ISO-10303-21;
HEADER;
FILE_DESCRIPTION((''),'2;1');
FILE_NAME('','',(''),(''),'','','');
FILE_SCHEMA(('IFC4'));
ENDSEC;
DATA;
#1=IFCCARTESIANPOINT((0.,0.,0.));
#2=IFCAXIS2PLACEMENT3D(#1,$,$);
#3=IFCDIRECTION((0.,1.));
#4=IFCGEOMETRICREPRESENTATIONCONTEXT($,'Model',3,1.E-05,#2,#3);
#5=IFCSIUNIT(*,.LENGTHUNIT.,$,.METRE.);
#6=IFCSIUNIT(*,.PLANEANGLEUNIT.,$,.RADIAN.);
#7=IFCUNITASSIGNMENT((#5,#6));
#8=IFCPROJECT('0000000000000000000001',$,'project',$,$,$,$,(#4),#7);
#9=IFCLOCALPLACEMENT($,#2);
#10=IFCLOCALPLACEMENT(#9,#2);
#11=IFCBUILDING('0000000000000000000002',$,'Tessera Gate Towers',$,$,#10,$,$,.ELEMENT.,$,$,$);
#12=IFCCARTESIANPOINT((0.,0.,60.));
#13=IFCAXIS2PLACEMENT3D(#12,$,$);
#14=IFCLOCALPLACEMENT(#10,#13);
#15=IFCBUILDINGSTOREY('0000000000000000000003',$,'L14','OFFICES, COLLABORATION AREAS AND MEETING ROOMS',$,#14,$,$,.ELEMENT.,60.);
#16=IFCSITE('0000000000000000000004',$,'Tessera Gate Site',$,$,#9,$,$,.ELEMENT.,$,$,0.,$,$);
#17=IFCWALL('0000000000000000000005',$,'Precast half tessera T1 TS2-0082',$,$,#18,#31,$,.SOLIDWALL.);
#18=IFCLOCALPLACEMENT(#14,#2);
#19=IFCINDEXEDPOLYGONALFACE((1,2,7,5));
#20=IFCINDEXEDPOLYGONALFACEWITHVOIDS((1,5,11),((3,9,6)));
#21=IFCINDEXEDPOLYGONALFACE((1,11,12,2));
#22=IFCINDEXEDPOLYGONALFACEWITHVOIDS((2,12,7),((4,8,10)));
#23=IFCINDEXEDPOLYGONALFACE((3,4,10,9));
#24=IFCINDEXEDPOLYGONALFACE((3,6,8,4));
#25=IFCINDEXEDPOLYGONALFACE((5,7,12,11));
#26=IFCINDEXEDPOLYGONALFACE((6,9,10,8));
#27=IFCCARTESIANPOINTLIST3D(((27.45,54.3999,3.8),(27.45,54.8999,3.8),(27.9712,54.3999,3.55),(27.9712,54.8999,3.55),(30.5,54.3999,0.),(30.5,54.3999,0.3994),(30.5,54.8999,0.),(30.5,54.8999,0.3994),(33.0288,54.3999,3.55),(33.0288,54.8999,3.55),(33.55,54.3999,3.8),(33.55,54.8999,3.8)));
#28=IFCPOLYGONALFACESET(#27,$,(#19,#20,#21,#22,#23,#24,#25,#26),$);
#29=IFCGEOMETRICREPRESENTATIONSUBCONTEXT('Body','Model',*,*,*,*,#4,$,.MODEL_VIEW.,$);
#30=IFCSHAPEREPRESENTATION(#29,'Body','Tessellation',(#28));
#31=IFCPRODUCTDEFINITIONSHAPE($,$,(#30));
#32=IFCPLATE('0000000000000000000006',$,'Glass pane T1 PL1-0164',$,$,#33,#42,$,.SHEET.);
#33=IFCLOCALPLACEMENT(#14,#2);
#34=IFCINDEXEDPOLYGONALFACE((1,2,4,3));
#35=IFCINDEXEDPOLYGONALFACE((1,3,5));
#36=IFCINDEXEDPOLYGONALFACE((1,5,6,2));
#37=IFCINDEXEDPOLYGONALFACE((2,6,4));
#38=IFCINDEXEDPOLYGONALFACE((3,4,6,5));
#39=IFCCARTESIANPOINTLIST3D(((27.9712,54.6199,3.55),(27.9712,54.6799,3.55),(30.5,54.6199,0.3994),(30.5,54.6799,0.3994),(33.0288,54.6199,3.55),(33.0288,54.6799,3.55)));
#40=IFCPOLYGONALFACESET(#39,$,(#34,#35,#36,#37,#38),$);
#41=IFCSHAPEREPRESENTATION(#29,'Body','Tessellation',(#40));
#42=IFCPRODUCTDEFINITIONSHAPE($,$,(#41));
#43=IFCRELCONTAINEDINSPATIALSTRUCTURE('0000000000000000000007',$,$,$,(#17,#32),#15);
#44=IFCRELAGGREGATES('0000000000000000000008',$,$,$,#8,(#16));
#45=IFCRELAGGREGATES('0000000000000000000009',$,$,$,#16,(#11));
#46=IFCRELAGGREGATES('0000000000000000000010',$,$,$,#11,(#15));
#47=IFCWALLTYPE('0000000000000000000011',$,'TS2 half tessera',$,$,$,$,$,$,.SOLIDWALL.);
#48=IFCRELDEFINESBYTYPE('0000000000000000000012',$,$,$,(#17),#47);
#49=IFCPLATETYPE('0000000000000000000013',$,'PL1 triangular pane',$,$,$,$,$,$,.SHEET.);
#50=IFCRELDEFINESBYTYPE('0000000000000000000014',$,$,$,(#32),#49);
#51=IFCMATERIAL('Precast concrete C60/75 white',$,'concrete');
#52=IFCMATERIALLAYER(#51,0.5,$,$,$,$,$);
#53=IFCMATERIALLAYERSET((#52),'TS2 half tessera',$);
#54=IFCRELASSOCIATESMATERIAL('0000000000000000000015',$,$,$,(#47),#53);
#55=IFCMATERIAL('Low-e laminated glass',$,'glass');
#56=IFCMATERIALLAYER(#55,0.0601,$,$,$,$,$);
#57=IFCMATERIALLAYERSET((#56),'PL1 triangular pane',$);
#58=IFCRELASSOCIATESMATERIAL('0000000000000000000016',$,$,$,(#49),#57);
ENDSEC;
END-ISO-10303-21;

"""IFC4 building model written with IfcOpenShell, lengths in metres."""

from ifc_helpers import new_model, si_unit, direction, frame, origin, place, context, subcontext, project, spatial, polyline, outline, extrude, source, transform, mapped, material, layer, layer_set, type_object, element, fill, save


model = new_model("IFC4")

# Units and contexts
model_context = context("Model", 3, precision=1e-05, world=origin(), true_north=direction((0.0, 1.0)))
body_context = subcontext(model_context, "Body", "Model", "MODEL_VIEW")
ifc_project = project(units=[si_unit("LENGTHUNIT", "METRE"), si_unit("PLANEANGLEUNIT", "RADIAN")], contexts=[model_context])

# Site, building, storey
site_placement = place(None, origin())
site = spatial("IfcSite", under=ifc_project, at=site_placement, Name="Tessera Gate Site", CompositionType="ELEMENT", RefElevation=0.0)
building_placement = place(site_placement, origin())
building = spatial("IfcBuilding", under=site, at=building_placement, Name="Tessera Gate Towers", CompositionType="ELEMENT")
storey_placement = place(building_placement, frame((0.0, 0.0, 60.0)))
storey = spatial("IfcBuildingStorey", under=building, at=storey_placement, Name="L14", Description="OFFICES, COLLABORATION AREAS AND MEETING ROOMS", CompositionType="ELEMENT", Elevation=60.0)

# Wall, opening, plate
ifc_material_1 = material(Name="Precast concrete C60/75 white", Category="concrete")
ifc_layer_1 = layer(ifc_material_1, 0.5)
ifc_layer_set_1 = layer_set([ifc_layer_1], Name="TS2 half tessera")
wall_type_1 = type_object("IfcWallType", Name="TS2 half tessera", PredefinedType="SOLIDWALL", material=ifc_layer_set_1)
shared_shape_1 = source(origin(), body_context, "Body", "SweptSolid", [
    extrude(outline(polyline([(3.05, 0.0), (6.1001, 3.8), (0.0, 3.8), (3.05, 0.0)])), frame((0.0, 0.25, 0.0), z_axis=(0.0, -1.0, 0.0), x_axis=(1.0, 0.0, 0.0)), (0.0, 0.0, 1.0), 0.5),
])
wall_1_placement = place(storey_placement, frame((33.55, 54.6499, 0.0), z_axis=(0.0, 0.0, 1.0), x_axis=(-1.0, 0.0, 0.0)))
wall_1 = element("IfcWall", 1, at=wall_1_placement, inside=storey, type_object=wall_type_1, Name="Precast half tessera T1 TS2-0082", PredefinedType="SOLIDWALL", context=body_context, shape_type="MappedRepresentation", body=[
    mapped(shared_shape_1, transform((0.0, 0.0, 0.0), scale=1.0)),
])
shared_shape_2 = source(origin(), body_context, "Body", "SweptSolid", [
    extrude(outline(polyline([(3.05, 0.3994), (5.5789, 3.55), (0.5212, 3.55), (3.05, 0.3994)])), frame((0.0, 0.26, 0.0), z_axis=(0.0, -1.0, 0.0), x_axis=(1.0, 0.0, 0.0)), (0.0, 0.0, 1.0), 0.52),
])
opening_1_placement = place(wall_1_placement, origin())
opening_1 = element("IfcOpeningElement", 2, at=opening_1_placement, cuts=wall_1, PredefinedType="OPENING", context=body_context, shape_type="MappedRepresentation", body=[
    mapped(shared_shape_2, transform((0.0, 0.0, 0.0), scale=1.0)),
])
ifc_material_2 = material(Name="Low-e laminated glass", Category="glass")
ifc_layer_2 = layer(ifc_material_2, 0.0601)
ifc_layer_set_2 = layer_set([ifc_layer_2], Name="PL1 triangular pane")
plate_type_1 = type_object("IfcPlateType", Name="PL1 triangular pane", PredefinedType="SHEET", material=ifc_layer_set_2)
shared_shape_3 = source(origin(), body_context, "Body", "SweptSolid", [
    extrude(outline(polyline([(3.05, 0.3994), (5.5789, 3.55), (0.5212, 3.55), (3.05, 0.3994)])), frame((0.0, 0.03, 0.0), z_axis=(0.0, -1.0, 0.0), x_axis=(1.0, 0.0, 0.0)), (0.0, 0.0, 1.0), 0.0601),
])
plate_1_placement = place(opening_1_placement, origin())
plate_1 = element("IfcPlate", 3, at=plate_1_placement, inside=storey, type_object=plate_type_1, Name="Glass pane T1 PL1-0164", PredefinedType="SHEET", context=body_context, shape_type="MappedRepresentation", body=[
    mapped(shared_shape_3, transform((0.0, 0.0, 0.0), scale=1.0)),
])
fill(opening_1, plate_1)

save(model, "model.ifc")
